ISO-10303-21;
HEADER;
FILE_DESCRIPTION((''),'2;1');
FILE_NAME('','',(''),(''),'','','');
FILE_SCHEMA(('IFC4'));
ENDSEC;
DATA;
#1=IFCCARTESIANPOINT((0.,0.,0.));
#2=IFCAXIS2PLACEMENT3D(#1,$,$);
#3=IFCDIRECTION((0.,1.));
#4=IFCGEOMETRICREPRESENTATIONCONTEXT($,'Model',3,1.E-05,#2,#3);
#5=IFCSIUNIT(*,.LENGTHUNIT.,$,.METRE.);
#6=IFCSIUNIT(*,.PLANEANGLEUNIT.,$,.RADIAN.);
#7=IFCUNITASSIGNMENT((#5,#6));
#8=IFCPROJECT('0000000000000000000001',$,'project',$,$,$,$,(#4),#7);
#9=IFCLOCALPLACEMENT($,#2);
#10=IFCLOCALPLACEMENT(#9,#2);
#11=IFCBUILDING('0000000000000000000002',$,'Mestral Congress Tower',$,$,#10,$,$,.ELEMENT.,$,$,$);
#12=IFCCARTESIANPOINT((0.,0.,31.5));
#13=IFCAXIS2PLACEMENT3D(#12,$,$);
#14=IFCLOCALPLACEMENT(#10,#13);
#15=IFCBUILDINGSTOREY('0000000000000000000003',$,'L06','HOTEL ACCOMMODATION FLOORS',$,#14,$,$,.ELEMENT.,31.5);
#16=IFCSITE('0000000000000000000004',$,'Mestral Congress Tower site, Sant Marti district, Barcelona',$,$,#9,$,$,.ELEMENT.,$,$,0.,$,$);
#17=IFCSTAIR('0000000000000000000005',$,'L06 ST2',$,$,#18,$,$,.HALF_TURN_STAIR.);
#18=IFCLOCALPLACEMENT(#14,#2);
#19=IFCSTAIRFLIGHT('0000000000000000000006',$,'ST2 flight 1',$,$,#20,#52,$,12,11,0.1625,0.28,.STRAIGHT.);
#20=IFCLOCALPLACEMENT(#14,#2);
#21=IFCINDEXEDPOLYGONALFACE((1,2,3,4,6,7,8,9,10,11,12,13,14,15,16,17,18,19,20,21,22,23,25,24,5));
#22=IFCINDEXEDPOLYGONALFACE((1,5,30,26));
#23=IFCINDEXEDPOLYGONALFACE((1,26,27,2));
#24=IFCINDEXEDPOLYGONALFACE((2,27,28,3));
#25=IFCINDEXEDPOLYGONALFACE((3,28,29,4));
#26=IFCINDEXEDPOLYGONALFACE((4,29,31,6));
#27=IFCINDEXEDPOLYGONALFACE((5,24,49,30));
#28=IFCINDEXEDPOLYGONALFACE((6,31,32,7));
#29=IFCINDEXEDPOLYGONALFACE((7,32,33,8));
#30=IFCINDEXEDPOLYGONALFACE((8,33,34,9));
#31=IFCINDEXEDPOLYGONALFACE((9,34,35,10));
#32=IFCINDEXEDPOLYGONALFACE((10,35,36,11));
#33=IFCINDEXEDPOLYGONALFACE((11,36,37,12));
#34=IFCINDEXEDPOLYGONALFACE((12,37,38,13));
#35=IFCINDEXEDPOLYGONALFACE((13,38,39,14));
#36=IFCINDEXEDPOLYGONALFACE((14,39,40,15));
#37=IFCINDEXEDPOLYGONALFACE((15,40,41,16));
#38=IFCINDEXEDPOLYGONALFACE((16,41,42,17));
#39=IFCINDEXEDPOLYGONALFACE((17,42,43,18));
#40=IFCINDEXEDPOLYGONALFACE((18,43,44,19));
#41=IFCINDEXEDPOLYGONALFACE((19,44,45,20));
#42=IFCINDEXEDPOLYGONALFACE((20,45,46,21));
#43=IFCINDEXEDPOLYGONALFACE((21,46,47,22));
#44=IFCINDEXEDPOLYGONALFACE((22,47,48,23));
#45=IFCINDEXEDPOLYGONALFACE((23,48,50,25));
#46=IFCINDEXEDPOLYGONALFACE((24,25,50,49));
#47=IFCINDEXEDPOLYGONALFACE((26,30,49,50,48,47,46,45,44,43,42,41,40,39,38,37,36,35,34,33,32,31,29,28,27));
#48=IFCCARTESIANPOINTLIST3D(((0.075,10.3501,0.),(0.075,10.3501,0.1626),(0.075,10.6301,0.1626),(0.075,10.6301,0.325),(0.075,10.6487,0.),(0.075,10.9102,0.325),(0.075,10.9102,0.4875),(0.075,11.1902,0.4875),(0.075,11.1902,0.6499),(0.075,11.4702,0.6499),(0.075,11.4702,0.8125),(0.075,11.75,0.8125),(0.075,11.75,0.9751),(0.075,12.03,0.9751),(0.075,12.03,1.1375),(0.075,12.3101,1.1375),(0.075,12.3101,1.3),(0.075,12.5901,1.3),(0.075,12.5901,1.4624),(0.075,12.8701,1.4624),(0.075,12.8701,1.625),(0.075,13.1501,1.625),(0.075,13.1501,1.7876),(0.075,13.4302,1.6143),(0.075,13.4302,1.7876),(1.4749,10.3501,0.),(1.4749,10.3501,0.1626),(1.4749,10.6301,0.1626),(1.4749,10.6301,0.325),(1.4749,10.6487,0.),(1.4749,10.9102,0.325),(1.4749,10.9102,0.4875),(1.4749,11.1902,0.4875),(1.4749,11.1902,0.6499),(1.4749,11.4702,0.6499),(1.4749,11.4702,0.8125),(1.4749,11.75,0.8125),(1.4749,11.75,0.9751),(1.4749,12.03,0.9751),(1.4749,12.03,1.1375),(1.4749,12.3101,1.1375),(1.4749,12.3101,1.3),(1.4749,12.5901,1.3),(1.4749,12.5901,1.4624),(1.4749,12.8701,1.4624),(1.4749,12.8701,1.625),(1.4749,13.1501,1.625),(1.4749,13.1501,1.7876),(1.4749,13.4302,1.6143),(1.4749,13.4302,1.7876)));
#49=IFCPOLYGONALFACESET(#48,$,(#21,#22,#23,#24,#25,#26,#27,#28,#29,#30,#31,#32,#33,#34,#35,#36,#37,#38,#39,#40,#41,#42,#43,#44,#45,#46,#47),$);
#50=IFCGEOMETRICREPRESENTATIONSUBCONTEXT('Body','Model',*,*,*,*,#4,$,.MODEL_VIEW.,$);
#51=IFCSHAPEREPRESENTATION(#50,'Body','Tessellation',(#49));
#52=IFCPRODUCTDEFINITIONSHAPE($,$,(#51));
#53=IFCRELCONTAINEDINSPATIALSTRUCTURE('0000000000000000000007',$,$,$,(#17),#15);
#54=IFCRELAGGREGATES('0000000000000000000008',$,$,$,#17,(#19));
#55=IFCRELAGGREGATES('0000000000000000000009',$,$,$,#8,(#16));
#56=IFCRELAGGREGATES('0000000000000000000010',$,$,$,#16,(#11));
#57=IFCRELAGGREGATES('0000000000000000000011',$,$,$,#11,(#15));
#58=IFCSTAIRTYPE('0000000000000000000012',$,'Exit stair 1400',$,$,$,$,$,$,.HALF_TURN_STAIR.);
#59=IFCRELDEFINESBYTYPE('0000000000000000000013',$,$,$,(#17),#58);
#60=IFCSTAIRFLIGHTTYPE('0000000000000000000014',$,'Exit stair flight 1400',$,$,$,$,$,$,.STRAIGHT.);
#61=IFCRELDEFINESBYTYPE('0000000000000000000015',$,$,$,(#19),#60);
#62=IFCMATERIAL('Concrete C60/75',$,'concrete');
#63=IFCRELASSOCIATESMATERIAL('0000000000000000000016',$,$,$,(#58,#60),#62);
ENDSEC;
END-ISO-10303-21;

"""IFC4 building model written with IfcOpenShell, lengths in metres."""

from ifc_helpers import new_model, si_unit, direction, frame, origin, place, context, subcontext, project, spatial, polyline, outline, extrude, material, type_object, element, aggregate, save


model = new_model("IFC4")

# Units and contexts
model_context = context("Model", 3, precision=1e-05, world=origin(), true_north=direction((0.0, 1.0)))
body_context = subcontext(model_context, "Body", "Model", "MODEL_VIEW")
ifc_project = project(units=[si_unit("LENGTHUNIT", "METRE"), si_unit("PLANEANGLEUNIT", "RADIAN")], contexts=[model_context])

# Site, building, storey
site_placement = place(None, origin())
site = spatial("IfcSite", under=ifc_project, at=site_placement, Name="Mestral Congress Tower site, Sant Marti district, Barcelona", CompositionType="ELEMENT", RefElevation=0.0)
building_placement = place(site_placement, origin())
building = spatial("IfcBuilding", under=site, at=building_placement, Name="Mestral Congress Tower", CompositionType="ELEMENT")
storey_placement = place(building_placement, frame((0.0, 0.0, 31.5)))
storey = spatial("IfcBuildingStorey", under=building, at=storey_placement, Name="L06", Description="HOTEL ACCOMMODATION FLOORS", CompositionType="ELEMENT", Elevation=31.5)

# Shared definitions
ifc_material_1 = material(Name="Concrete C60/75", Category="concrete")

# Stair, stair flight
stair_type = type_object("IfcStairType", Name="Exit stair 1400", PredefinedType="HALF_TURN_STAIR", material=ifc_material_1)
stair_placement = place(storey_placement, origin())
stair = element("IfcStair", 1, at=stair_placement, inside=storey, type_object=stair_type, Name="L06 ST2", PredefinedType="HALF_TURN_STAIR")
stair_flight_type = type_object("IfcStairFlightType", Name="Exit stair flight 1400", PredefinedType="STRAIGHT", material=ifc_material_1)
stair_flight_placement = place(storey_placement, frame((0.7749, 10.3501, 0.0), z_axis=(0.0, 0.0, 1.0), x_axis=(0.0, 1.0, 0.0)))
stair_flight = element("IfcStairFlight", 2, at=stair_flight_placement, type_object=stair_flight_type, Name="ST2 flight 1", NumberOfRisers=12, NumberOfTreads=11, PredefinedType="STRAIGHT", RiserHeight=0.1625, TreadLength=0.28, context=body_context, shape_type="SweptSolid", body=[
    extrude(outline(polyline([(0.0, 0.0), (0.0, 0.1626), (0.28, 0.1626), (0.28, 0.325), (0.5601, 0.325), (0.5601, 0.4875), (0.8401, 0.4875), (0.8401, 0.6499), (1.1201, 0.6499), (1.1201, 0.8125), (1.3999, 0.8125), (1.3999, 0.9751), (1.6799, 0.9751), (1.6799, 1.1375), (1.96, 1.1375), (1.96, 1.3), (2.24, 1.3), (2.24, 1.4624), (2.52, 1.4624), (2.52, 1.625), (2.8, 1.625), (2.8, 1.7876), (3.0801, 1.7876), (3.0801, 1.95), (3.0801, 1.6143), (0.2986, 0.0), (0.0, 0.0)])), frame((0.0, 0.7, 0.0), z_axis=(0.0, -1.0, 0.0), x_axis=(1.0, 0.0, 0.0)), (0.0, 0.0, 1.0), 1.3999),
])
aggregate(stair, [stair_flight])

save(model, "model.ifc")
